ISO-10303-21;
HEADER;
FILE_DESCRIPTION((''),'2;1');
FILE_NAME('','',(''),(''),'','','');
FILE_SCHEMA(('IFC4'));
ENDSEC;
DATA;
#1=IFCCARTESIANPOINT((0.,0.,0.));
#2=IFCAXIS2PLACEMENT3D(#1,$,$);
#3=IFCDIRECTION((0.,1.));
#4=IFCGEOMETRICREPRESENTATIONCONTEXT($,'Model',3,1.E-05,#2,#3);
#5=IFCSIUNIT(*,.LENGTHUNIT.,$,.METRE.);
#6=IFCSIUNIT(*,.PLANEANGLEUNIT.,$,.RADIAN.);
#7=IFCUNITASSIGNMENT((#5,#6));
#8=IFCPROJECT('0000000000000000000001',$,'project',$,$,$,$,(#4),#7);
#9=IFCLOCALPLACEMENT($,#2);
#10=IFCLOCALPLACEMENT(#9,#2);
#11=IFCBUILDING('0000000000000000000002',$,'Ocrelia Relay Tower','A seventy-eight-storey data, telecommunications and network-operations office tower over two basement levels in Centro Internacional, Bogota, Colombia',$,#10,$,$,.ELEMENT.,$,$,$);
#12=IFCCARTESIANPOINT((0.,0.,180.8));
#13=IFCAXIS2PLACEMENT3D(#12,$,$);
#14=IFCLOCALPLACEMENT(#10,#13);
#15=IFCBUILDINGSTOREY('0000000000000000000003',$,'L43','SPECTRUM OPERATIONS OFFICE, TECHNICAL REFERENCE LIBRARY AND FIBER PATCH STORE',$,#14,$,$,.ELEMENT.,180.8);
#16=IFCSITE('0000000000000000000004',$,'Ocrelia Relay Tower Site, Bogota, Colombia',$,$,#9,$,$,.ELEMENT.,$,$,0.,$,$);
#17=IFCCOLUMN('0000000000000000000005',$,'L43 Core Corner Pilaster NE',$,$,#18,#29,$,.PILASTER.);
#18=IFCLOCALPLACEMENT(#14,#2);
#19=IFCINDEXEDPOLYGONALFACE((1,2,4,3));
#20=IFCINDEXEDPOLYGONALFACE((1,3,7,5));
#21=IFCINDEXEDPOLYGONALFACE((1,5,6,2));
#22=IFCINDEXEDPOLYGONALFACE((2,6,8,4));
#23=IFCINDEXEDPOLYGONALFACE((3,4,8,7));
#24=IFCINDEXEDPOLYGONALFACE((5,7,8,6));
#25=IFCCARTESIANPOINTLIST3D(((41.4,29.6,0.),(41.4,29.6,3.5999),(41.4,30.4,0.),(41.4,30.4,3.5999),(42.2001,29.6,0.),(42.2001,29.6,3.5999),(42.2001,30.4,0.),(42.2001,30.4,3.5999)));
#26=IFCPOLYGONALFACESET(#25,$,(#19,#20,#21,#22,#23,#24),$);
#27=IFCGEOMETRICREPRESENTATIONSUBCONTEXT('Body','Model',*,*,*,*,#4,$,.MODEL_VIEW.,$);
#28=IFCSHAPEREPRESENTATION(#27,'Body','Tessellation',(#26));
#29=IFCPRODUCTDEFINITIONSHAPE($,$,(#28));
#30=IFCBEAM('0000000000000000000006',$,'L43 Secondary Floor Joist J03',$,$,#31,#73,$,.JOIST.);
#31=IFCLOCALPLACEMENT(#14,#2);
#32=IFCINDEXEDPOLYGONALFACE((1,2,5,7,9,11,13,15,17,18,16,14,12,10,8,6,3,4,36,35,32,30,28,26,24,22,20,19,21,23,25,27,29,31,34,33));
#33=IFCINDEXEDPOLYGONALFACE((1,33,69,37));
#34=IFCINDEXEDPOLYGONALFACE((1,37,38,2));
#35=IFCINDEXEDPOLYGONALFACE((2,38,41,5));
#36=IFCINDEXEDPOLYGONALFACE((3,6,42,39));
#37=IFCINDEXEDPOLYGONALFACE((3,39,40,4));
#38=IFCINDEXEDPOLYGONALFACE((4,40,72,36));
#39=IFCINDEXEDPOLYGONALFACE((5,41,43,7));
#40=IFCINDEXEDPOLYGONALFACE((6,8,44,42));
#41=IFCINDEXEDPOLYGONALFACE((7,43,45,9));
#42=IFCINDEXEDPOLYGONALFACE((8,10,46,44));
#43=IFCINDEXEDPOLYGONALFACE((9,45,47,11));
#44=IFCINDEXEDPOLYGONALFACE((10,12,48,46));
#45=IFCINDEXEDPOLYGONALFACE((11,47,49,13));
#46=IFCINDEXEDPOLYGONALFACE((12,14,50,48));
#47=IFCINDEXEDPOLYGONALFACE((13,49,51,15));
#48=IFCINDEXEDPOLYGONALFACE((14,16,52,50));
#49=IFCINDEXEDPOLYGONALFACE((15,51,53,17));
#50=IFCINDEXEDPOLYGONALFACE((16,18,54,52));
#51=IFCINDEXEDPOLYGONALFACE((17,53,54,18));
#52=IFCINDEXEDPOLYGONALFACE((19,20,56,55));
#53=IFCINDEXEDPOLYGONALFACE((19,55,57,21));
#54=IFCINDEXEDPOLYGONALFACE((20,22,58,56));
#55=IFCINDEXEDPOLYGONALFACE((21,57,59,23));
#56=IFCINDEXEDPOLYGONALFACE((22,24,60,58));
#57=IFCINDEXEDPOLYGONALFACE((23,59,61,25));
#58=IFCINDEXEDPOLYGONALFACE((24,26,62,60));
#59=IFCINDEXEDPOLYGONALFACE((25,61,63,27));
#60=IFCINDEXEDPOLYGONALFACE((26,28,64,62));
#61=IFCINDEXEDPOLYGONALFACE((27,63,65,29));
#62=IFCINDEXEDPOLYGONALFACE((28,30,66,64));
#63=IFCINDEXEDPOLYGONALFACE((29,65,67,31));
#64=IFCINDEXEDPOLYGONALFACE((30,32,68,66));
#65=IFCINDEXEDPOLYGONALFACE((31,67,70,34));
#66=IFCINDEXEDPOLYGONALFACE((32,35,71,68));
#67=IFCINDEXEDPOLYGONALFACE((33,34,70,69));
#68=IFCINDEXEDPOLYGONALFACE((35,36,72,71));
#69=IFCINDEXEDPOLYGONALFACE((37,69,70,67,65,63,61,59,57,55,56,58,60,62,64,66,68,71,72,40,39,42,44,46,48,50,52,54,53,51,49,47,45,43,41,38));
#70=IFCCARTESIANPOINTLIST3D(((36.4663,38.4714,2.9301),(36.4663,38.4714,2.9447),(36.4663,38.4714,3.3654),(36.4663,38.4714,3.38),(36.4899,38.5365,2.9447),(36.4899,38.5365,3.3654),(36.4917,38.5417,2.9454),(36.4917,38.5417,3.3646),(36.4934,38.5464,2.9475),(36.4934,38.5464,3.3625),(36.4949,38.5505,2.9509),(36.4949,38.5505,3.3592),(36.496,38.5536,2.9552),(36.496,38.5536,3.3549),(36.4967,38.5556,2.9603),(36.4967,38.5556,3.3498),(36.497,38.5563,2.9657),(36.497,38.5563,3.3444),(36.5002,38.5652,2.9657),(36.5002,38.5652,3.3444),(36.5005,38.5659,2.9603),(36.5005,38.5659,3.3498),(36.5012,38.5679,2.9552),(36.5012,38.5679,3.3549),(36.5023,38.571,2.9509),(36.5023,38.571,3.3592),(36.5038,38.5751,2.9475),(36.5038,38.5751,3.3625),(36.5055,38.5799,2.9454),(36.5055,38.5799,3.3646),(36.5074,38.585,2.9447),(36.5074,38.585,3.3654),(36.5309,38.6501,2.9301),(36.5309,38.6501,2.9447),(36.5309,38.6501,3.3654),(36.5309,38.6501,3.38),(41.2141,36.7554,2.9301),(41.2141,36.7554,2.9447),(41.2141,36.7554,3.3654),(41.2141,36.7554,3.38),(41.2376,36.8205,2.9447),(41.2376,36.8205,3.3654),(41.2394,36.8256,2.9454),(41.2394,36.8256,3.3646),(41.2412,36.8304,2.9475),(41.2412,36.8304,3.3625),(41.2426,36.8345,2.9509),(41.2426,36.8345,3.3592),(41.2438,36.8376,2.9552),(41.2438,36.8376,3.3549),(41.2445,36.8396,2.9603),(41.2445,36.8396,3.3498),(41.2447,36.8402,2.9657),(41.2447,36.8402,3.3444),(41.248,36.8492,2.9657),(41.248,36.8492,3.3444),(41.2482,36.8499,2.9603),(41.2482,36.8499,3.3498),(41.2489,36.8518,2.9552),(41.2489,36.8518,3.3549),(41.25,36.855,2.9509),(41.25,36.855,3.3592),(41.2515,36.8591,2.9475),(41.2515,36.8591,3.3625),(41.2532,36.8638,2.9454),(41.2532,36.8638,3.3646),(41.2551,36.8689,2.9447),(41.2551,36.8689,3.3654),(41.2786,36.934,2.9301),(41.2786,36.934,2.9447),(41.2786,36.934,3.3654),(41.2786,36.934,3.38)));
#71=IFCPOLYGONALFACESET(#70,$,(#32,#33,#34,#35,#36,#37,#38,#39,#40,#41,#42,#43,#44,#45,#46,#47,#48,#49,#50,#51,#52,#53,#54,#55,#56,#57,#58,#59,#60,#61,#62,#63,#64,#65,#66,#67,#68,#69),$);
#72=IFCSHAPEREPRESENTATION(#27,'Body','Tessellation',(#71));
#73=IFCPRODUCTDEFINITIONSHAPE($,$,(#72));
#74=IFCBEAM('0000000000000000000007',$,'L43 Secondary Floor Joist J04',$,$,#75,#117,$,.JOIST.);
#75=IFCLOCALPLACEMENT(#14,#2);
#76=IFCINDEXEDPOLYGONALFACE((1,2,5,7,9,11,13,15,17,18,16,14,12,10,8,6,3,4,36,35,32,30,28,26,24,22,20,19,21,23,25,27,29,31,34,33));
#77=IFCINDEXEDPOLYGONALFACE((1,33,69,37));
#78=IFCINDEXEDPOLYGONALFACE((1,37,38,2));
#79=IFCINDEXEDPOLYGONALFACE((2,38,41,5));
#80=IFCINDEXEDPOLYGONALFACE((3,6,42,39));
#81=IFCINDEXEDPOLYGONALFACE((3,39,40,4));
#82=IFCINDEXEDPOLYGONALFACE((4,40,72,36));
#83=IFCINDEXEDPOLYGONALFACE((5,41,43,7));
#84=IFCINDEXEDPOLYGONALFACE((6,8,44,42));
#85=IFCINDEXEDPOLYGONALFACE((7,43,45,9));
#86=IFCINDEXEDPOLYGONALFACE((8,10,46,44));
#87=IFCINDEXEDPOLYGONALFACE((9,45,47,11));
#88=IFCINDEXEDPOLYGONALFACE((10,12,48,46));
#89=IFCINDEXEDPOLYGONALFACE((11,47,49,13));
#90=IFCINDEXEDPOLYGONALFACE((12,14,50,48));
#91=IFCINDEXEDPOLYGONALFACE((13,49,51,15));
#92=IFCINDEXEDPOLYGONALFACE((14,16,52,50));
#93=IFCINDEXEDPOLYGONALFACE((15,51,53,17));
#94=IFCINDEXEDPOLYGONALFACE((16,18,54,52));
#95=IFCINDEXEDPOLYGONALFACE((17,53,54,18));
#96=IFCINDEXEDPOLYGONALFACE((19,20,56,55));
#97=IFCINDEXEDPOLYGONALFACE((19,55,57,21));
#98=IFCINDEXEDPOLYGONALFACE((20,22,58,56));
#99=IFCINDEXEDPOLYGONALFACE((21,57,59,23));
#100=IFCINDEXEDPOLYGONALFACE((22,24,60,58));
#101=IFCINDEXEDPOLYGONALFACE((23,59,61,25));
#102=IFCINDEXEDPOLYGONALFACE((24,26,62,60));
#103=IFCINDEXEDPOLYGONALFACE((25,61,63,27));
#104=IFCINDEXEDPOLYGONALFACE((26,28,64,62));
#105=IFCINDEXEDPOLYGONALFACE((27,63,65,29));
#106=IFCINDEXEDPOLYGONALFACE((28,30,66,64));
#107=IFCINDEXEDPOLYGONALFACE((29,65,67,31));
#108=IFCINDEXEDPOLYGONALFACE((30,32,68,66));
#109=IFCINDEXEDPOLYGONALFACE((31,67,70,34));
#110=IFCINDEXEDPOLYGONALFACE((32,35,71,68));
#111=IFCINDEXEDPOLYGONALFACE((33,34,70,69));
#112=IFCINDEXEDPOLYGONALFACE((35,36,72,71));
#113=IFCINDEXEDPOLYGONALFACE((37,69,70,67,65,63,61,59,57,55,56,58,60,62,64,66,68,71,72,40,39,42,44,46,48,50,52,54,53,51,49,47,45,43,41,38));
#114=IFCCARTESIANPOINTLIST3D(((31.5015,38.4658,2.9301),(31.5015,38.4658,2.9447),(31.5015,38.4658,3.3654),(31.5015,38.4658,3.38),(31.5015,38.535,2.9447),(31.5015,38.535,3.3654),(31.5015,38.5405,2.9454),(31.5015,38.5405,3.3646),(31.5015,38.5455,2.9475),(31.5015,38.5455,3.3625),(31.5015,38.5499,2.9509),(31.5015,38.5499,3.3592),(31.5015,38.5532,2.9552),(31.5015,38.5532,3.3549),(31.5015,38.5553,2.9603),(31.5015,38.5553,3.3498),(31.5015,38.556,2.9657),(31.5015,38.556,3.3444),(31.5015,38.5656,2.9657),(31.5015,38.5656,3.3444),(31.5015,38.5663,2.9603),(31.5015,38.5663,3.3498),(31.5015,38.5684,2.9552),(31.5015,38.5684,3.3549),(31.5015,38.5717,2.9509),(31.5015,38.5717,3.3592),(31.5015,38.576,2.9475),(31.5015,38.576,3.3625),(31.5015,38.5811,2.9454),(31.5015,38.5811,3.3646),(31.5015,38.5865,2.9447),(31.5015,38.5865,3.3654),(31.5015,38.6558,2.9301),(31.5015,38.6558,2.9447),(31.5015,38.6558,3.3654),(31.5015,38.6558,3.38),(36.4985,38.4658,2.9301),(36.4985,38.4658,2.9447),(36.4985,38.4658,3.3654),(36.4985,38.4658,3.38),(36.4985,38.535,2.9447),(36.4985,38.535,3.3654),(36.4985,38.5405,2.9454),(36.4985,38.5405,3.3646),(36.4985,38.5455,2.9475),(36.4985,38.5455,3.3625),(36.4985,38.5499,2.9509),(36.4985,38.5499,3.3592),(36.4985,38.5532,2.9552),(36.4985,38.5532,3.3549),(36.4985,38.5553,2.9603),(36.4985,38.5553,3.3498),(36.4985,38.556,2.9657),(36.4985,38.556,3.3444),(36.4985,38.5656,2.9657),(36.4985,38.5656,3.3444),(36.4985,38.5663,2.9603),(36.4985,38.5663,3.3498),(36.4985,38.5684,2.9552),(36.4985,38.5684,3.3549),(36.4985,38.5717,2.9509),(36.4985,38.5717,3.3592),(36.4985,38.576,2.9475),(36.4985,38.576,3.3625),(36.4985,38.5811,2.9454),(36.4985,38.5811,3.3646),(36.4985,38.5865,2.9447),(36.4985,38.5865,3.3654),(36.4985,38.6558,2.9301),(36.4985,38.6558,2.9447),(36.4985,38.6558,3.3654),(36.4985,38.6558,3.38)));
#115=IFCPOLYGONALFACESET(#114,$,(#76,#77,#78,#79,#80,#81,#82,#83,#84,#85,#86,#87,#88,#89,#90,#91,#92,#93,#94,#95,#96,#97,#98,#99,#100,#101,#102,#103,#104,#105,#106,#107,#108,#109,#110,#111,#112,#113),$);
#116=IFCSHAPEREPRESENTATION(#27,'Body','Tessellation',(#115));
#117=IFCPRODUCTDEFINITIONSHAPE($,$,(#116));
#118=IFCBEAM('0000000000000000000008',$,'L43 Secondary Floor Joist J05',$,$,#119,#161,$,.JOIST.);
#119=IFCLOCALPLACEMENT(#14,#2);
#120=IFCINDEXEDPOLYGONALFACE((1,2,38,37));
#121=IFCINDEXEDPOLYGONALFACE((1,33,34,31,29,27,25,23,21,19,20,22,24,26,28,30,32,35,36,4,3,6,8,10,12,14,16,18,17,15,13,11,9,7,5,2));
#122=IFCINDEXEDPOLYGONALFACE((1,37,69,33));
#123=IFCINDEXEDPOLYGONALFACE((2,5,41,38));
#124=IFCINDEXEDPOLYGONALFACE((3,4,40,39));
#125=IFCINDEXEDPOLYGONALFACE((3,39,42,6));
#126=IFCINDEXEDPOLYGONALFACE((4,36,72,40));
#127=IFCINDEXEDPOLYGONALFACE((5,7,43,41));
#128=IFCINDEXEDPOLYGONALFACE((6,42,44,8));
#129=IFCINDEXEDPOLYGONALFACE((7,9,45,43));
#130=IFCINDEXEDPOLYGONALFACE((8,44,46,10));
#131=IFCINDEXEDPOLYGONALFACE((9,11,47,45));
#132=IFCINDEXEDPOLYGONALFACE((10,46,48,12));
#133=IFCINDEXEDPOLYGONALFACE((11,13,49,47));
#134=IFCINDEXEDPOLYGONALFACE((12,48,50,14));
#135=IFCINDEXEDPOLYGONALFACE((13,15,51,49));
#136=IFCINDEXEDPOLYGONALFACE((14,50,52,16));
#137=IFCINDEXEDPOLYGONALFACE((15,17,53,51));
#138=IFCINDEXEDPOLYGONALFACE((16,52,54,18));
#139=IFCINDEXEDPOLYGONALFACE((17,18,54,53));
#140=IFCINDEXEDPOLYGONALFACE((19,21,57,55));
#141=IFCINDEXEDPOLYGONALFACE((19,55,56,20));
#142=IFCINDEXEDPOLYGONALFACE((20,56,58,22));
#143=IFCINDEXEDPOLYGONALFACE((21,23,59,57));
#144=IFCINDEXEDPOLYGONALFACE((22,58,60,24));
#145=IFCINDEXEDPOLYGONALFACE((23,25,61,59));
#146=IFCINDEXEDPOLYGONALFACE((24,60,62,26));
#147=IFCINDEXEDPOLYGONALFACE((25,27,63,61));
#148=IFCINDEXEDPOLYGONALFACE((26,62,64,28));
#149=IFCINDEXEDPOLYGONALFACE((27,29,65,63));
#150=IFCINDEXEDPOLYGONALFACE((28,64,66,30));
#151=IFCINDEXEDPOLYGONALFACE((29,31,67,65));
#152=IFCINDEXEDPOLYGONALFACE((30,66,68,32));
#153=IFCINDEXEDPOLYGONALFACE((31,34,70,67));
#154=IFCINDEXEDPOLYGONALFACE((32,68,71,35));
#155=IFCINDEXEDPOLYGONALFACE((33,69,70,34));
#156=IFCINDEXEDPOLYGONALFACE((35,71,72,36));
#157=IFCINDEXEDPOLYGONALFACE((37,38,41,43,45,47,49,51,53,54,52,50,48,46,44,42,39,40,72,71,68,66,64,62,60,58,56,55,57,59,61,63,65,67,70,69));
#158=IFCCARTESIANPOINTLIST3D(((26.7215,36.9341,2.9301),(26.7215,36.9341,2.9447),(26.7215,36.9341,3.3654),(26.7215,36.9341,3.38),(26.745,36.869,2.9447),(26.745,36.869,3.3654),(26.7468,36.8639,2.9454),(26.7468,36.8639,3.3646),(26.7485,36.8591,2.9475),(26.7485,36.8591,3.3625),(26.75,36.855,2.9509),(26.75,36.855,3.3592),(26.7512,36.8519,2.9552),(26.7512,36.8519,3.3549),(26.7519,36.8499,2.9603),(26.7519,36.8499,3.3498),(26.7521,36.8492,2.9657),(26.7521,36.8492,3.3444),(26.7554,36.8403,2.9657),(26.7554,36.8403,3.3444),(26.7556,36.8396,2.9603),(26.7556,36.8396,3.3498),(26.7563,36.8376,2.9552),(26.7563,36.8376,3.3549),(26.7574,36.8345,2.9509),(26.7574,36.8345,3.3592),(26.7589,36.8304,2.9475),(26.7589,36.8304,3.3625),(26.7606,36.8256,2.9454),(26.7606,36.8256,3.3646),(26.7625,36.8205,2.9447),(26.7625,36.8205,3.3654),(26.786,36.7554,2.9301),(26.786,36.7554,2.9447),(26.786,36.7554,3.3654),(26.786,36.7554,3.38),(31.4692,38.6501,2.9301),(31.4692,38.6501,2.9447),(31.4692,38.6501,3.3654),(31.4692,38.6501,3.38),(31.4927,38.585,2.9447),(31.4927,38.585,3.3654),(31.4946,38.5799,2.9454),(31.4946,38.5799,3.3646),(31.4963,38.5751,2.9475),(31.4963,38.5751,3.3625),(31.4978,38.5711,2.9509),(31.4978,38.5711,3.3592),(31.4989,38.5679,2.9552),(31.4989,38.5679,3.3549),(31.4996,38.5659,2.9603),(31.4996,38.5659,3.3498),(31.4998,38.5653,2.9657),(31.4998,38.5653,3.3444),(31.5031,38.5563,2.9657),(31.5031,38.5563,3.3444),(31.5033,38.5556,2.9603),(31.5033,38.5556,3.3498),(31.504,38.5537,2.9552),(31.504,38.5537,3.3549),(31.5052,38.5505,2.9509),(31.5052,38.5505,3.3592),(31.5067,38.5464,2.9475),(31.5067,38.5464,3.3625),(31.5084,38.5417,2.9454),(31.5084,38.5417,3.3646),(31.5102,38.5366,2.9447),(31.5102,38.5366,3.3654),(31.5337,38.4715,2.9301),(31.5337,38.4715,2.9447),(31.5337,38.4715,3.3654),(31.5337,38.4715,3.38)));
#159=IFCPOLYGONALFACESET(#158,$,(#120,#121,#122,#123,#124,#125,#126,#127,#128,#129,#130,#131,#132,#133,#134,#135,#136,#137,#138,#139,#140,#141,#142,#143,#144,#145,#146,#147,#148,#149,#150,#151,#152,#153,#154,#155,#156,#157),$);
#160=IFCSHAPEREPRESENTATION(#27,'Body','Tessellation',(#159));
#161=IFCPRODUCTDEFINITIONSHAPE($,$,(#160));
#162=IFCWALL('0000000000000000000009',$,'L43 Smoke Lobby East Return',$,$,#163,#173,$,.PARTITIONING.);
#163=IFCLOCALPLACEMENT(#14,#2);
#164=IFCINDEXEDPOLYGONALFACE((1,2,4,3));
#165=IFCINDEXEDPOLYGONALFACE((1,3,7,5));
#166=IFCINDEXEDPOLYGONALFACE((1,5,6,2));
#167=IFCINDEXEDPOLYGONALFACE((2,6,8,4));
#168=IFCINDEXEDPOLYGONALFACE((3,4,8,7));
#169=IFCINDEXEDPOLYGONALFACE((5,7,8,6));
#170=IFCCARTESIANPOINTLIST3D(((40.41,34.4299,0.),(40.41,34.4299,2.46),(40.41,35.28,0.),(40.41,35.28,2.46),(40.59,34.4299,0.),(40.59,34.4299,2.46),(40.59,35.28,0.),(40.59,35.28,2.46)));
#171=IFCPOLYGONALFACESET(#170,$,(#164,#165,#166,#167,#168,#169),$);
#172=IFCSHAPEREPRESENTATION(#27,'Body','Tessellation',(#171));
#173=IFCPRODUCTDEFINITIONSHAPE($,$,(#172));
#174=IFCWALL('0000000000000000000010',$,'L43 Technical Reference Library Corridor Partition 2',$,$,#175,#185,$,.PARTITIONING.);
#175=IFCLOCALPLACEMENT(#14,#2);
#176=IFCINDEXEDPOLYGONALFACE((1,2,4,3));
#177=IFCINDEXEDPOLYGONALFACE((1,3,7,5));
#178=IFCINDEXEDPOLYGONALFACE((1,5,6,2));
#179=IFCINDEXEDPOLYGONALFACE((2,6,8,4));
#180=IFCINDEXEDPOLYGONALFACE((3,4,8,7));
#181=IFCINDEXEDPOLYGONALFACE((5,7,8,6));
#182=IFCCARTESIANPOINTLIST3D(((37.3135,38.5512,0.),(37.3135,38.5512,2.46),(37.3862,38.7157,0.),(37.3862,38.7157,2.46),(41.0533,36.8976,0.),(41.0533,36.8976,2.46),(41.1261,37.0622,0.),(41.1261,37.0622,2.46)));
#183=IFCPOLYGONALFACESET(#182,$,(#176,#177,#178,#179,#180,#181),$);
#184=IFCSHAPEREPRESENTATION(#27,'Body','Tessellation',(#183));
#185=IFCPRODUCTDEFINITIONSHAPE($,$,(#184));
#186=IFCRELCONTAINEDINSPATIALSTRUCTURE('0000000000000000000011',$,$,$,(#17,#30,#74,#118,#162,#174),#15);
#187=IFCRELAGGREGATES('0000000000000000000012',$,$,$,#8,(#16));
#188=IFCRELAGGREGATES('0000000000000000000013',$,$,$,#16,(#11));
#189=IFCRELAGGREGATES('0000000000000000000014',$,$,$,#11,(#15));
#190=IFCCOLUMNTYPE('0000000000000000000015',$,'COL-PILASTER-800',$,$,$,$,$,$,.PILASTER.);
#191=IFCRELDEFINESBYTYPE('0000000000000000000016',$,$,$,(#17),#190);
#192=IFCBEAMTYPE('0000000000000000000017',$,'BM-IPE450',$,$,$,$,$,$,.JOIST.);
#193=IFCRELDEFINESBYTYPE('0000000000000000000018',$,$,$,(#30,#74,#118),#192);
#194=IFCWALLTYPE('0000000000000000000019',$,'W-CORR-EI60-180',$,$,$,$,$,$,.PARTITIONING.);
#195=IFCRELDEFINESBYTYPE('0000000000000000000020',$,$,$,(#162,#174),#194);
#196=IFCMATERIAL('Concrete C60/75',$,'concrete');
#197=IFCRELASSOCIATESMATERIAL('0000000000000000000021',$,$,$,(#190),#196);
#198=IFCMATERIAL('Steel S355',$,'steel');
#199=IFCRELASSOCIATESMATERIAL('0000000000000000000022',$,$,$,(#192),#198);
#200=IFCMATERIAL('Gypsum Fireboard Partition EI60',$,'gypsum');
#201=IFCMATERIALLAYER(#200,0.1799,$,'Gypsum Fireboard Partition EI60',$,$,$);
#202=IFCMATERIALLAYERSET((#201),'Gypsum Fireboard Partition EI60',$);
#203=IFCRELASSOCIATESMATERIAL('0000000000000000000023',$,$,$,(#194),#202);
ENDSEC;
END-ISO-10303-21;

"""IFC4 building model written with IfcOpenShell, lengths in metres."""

from ifc_helpers import new_model, si_unit, direction, frame, frame_2d, origin, origin_2d, place, context, subcontext, project, spatial, rectangle, i_section, extrude, material, layer, layer_set, material_profile, profile_set, type_object, element, save


model = new_model("IFC4")

# Units and contexts
model_context = context("Model", 3, precision=1e-05, world=origin(), true_north=direction((0.0, 1.0)))
body_context = subcontext(model_context, "Body", "Model", "MODEL_VIEW")
ifc_project = project(units=[si_unit("LENGTHUNIT", "METRE"), si_unit("PLANEANGLEUNIT", "RADIAN")], contexts=[model_context])

# Site, building, storey
site_placement = place(None, origin())
site = spatial("IfcSite", under=ifc_project, at=site_placement, Name="Ocrelia Relay Tower Site, Bogota, Colombia", CompositionType="ELEMENT", RefElevation=0.0)
building_placement = place(site_placement, origin())
building = spatial("IfcBuilding", under=site, at=building_placement, Name="Ocrelia Relay Tower", Description="A seventy-eight-storey data, telecommunications and network-operations office tower over two basement levels in Centro Internacional, Bogota, Colombia", CompositionType="ELEMENT")
storey_placement = place(building_placement, frame((0.0, 0.0, 180.8)))
storey = spatial("IfcBuildingStorey", under=building, at=storey_placement, Name="L43", Description="SPECTRUM OPERATIONS OFFICE, TECHNICAL REFERENCE LIBRARY AND FIBER PATCH STORE", CompositionType="ELEMENT", Elevation=180.8)

# Column
ifc_material_1 = material(Name="Concrete C60/75", Category="concrete")
ifc_material_profile_1 = material_profile(ifc_material_1, rectangle(XDim=0.8, YDim=0.8, at=origin_2d()), Name="RC-COL-800x800")
ifc_profile_set_1 = profile_set([ifc_material_profile_1], Name="Concrete C60/75")
column_type = type_object("IfcColumnType", Name="COL-PILASTER-800", PredefinedType="PILASTER", material=ifc_profile_set_1)
column_placement = place(storey_placement, frame((41.8, 30.0, 0.0), z_axis=(0.0, 0.0, 1.0), x_axis=(1.0, 0.0, 0.0)))
element("IfcColumn", 1, at=column_placement, inside=storey, type_object=column_type, Name="L43 Core Corner Pilaster NE", PredefinedType="PILASTER", context=body_context, shape_type="SweptSolid", body=[
    extrude(rectangle(XDim=0.8, YDim=0.8, at=origin_2d()), origin(), (0.0, 0.0, 1.0), 3.5999),
])

# Beams
ifc_material_2 = material(Name="Steel S355", Category="steel")
ifc_material_profile_2 = material_profile(ifc_material_2, i_section(OverallWidth=0.1899, OverallDepth=0.45, WebThickness=0.0095, FlangeThickness=0.0146, FilletRadius=0.021, at=origin_2d()), Name="IPE 450")
ifc_profile_set_2 = profile_set([ifc_material_profile_2], Name="Steel S355")
beam_type = type_object("IfcBeamType", Name="BM-IPE450", PredefinedType="JOIST", material=ifc_profile_set_2)
beam_1_placement = place(storey_placement, frame((41.2463, 36.8447, 3.155), z_axis=(-0.940454, 0.339921, 0.0), x_axis=(-0.339921, -0.940454, 0.0)))
element("IfcBeam", 2, at=beam_1_placement, inside=storey, type_object=beam_type, Name="L43 Secondary Floor Joist J03", PredefinedType="JOIST", context=body_context, shape_type="SweptSolid", body=[
    extrude(i_section(OverallWidth=0.1899, OverallDepth=0.45, WebThickness=0.0095, FlangeThickness=0.0146, FilletRadius=0.021, at=origin_2d()), origin(), (0.0, 0.0, 1.0), 5.0483),
])
beam_2_placement = place(storey_placement, frame((36.4985, 38.5608, 3.155), z_axis=(-1.0, 0.0, 0.0), x_axis=(0.0, -1.0, 0.0)))
element("IfcBeam", 3, at=beam_2_placement, inside=storey, type_object=beam_type, Name="L43 Secondary Floor Joist J04", PredefinedType="JOIST", context=body_context, shape_type="SweptSolid", body=[
    extrude(i_section(OverallWidth=0.1899, OverallDepth=0.45, WebThickness=0.0095, FlangeThickness=0.0146, FilletRadius=0.021, at=origin_2d()), origin(), (0.0, 0.0, 1.0), 4.9971),
])
beam_3_placement = place(storey_placement, frame((31.5015, 38.5608, 3.155), z_axis=(-0.940454, -0.339921, 0.0), x_axis=(0.339921, -0.940454, 0.0)))
element("IfcBeam", 4, at=beam_3_placement, inside=storey, type_object=beam_type, Name="L43 Secondary Floor Joist J05", PredefinedType="JOIST", context=body_context, shape_type="SweptSolid", body=[
    extrude(i_section(OverallWidth=0.1899, OverallDepth=0.45, WebThickness=0.0095, FlangeThickness=0.0146, FilletRadius=0.021, at=origin_2d()), origin(), (0.0, 0.0, 1.0), 5.0483),
])

# Wall
ifc_material_3 = material(Name="Gypsum Fireboard Partition EI60", Category="gypsum")
ifc_layer_1 = layer(ifc_material_3, 0.1799, Name="Gypsum Fireboard Partition EI60")
ifc_layer_set_1 = layer_set([ifc_layer_1], Name="Gypsum Fireboard Partition EI60")
wall_type_1 = type_object("IfcWallType", Name="W-CORR-EI60-180", PredefinedType="PARTITIONING", material=ifc_layer_set_1)
wall_1_placement = place(storey_placement, frame((40.5, 35.28, 0.0), z_axis=(0.0, 0.0, 1.0), x_axis=(0.0, -1.0, 0.0)))
element("IfcWall", 5, at=wall_1_placement, inside=storey, type_object=wall_type_1, Name="L43 Smoke Lobby East Return", PredefinedType="PARTITIONING", context=body_context, shape_type="SweptSolid", body=[
    extrude(rectangle(XDim=0.8501, YDim=0.1799, at=frame_2d((0.425, 0.0))), origin(), (0.0, 0.0, 1.0), 2.46),
])

# Wall
wall_2_placement = place(storey_placement, frame((41.0896, 36.98, 0.0), z_axis=(0.0, 0.0, 1.0), x_axis=(-0.914595, 0.404371, 0.0)))
element("IfcWall", 6, at=wall_2_placement, inside=storey, type_object=wall_type_1, Name="L43 Technical Reference Library Corridor Partition 2", PredefinedType="PARTITIONING", context=body_context, shape_type="SweptSolid", body=[
    extrude(rectangle(XDim=4.0891, YDim=0.1799, at=frame_2d((2.0444, 0.0))), origin(), (0.0, 0.0, 1.0), 2.46),
])

save(model, "model.ifc")
